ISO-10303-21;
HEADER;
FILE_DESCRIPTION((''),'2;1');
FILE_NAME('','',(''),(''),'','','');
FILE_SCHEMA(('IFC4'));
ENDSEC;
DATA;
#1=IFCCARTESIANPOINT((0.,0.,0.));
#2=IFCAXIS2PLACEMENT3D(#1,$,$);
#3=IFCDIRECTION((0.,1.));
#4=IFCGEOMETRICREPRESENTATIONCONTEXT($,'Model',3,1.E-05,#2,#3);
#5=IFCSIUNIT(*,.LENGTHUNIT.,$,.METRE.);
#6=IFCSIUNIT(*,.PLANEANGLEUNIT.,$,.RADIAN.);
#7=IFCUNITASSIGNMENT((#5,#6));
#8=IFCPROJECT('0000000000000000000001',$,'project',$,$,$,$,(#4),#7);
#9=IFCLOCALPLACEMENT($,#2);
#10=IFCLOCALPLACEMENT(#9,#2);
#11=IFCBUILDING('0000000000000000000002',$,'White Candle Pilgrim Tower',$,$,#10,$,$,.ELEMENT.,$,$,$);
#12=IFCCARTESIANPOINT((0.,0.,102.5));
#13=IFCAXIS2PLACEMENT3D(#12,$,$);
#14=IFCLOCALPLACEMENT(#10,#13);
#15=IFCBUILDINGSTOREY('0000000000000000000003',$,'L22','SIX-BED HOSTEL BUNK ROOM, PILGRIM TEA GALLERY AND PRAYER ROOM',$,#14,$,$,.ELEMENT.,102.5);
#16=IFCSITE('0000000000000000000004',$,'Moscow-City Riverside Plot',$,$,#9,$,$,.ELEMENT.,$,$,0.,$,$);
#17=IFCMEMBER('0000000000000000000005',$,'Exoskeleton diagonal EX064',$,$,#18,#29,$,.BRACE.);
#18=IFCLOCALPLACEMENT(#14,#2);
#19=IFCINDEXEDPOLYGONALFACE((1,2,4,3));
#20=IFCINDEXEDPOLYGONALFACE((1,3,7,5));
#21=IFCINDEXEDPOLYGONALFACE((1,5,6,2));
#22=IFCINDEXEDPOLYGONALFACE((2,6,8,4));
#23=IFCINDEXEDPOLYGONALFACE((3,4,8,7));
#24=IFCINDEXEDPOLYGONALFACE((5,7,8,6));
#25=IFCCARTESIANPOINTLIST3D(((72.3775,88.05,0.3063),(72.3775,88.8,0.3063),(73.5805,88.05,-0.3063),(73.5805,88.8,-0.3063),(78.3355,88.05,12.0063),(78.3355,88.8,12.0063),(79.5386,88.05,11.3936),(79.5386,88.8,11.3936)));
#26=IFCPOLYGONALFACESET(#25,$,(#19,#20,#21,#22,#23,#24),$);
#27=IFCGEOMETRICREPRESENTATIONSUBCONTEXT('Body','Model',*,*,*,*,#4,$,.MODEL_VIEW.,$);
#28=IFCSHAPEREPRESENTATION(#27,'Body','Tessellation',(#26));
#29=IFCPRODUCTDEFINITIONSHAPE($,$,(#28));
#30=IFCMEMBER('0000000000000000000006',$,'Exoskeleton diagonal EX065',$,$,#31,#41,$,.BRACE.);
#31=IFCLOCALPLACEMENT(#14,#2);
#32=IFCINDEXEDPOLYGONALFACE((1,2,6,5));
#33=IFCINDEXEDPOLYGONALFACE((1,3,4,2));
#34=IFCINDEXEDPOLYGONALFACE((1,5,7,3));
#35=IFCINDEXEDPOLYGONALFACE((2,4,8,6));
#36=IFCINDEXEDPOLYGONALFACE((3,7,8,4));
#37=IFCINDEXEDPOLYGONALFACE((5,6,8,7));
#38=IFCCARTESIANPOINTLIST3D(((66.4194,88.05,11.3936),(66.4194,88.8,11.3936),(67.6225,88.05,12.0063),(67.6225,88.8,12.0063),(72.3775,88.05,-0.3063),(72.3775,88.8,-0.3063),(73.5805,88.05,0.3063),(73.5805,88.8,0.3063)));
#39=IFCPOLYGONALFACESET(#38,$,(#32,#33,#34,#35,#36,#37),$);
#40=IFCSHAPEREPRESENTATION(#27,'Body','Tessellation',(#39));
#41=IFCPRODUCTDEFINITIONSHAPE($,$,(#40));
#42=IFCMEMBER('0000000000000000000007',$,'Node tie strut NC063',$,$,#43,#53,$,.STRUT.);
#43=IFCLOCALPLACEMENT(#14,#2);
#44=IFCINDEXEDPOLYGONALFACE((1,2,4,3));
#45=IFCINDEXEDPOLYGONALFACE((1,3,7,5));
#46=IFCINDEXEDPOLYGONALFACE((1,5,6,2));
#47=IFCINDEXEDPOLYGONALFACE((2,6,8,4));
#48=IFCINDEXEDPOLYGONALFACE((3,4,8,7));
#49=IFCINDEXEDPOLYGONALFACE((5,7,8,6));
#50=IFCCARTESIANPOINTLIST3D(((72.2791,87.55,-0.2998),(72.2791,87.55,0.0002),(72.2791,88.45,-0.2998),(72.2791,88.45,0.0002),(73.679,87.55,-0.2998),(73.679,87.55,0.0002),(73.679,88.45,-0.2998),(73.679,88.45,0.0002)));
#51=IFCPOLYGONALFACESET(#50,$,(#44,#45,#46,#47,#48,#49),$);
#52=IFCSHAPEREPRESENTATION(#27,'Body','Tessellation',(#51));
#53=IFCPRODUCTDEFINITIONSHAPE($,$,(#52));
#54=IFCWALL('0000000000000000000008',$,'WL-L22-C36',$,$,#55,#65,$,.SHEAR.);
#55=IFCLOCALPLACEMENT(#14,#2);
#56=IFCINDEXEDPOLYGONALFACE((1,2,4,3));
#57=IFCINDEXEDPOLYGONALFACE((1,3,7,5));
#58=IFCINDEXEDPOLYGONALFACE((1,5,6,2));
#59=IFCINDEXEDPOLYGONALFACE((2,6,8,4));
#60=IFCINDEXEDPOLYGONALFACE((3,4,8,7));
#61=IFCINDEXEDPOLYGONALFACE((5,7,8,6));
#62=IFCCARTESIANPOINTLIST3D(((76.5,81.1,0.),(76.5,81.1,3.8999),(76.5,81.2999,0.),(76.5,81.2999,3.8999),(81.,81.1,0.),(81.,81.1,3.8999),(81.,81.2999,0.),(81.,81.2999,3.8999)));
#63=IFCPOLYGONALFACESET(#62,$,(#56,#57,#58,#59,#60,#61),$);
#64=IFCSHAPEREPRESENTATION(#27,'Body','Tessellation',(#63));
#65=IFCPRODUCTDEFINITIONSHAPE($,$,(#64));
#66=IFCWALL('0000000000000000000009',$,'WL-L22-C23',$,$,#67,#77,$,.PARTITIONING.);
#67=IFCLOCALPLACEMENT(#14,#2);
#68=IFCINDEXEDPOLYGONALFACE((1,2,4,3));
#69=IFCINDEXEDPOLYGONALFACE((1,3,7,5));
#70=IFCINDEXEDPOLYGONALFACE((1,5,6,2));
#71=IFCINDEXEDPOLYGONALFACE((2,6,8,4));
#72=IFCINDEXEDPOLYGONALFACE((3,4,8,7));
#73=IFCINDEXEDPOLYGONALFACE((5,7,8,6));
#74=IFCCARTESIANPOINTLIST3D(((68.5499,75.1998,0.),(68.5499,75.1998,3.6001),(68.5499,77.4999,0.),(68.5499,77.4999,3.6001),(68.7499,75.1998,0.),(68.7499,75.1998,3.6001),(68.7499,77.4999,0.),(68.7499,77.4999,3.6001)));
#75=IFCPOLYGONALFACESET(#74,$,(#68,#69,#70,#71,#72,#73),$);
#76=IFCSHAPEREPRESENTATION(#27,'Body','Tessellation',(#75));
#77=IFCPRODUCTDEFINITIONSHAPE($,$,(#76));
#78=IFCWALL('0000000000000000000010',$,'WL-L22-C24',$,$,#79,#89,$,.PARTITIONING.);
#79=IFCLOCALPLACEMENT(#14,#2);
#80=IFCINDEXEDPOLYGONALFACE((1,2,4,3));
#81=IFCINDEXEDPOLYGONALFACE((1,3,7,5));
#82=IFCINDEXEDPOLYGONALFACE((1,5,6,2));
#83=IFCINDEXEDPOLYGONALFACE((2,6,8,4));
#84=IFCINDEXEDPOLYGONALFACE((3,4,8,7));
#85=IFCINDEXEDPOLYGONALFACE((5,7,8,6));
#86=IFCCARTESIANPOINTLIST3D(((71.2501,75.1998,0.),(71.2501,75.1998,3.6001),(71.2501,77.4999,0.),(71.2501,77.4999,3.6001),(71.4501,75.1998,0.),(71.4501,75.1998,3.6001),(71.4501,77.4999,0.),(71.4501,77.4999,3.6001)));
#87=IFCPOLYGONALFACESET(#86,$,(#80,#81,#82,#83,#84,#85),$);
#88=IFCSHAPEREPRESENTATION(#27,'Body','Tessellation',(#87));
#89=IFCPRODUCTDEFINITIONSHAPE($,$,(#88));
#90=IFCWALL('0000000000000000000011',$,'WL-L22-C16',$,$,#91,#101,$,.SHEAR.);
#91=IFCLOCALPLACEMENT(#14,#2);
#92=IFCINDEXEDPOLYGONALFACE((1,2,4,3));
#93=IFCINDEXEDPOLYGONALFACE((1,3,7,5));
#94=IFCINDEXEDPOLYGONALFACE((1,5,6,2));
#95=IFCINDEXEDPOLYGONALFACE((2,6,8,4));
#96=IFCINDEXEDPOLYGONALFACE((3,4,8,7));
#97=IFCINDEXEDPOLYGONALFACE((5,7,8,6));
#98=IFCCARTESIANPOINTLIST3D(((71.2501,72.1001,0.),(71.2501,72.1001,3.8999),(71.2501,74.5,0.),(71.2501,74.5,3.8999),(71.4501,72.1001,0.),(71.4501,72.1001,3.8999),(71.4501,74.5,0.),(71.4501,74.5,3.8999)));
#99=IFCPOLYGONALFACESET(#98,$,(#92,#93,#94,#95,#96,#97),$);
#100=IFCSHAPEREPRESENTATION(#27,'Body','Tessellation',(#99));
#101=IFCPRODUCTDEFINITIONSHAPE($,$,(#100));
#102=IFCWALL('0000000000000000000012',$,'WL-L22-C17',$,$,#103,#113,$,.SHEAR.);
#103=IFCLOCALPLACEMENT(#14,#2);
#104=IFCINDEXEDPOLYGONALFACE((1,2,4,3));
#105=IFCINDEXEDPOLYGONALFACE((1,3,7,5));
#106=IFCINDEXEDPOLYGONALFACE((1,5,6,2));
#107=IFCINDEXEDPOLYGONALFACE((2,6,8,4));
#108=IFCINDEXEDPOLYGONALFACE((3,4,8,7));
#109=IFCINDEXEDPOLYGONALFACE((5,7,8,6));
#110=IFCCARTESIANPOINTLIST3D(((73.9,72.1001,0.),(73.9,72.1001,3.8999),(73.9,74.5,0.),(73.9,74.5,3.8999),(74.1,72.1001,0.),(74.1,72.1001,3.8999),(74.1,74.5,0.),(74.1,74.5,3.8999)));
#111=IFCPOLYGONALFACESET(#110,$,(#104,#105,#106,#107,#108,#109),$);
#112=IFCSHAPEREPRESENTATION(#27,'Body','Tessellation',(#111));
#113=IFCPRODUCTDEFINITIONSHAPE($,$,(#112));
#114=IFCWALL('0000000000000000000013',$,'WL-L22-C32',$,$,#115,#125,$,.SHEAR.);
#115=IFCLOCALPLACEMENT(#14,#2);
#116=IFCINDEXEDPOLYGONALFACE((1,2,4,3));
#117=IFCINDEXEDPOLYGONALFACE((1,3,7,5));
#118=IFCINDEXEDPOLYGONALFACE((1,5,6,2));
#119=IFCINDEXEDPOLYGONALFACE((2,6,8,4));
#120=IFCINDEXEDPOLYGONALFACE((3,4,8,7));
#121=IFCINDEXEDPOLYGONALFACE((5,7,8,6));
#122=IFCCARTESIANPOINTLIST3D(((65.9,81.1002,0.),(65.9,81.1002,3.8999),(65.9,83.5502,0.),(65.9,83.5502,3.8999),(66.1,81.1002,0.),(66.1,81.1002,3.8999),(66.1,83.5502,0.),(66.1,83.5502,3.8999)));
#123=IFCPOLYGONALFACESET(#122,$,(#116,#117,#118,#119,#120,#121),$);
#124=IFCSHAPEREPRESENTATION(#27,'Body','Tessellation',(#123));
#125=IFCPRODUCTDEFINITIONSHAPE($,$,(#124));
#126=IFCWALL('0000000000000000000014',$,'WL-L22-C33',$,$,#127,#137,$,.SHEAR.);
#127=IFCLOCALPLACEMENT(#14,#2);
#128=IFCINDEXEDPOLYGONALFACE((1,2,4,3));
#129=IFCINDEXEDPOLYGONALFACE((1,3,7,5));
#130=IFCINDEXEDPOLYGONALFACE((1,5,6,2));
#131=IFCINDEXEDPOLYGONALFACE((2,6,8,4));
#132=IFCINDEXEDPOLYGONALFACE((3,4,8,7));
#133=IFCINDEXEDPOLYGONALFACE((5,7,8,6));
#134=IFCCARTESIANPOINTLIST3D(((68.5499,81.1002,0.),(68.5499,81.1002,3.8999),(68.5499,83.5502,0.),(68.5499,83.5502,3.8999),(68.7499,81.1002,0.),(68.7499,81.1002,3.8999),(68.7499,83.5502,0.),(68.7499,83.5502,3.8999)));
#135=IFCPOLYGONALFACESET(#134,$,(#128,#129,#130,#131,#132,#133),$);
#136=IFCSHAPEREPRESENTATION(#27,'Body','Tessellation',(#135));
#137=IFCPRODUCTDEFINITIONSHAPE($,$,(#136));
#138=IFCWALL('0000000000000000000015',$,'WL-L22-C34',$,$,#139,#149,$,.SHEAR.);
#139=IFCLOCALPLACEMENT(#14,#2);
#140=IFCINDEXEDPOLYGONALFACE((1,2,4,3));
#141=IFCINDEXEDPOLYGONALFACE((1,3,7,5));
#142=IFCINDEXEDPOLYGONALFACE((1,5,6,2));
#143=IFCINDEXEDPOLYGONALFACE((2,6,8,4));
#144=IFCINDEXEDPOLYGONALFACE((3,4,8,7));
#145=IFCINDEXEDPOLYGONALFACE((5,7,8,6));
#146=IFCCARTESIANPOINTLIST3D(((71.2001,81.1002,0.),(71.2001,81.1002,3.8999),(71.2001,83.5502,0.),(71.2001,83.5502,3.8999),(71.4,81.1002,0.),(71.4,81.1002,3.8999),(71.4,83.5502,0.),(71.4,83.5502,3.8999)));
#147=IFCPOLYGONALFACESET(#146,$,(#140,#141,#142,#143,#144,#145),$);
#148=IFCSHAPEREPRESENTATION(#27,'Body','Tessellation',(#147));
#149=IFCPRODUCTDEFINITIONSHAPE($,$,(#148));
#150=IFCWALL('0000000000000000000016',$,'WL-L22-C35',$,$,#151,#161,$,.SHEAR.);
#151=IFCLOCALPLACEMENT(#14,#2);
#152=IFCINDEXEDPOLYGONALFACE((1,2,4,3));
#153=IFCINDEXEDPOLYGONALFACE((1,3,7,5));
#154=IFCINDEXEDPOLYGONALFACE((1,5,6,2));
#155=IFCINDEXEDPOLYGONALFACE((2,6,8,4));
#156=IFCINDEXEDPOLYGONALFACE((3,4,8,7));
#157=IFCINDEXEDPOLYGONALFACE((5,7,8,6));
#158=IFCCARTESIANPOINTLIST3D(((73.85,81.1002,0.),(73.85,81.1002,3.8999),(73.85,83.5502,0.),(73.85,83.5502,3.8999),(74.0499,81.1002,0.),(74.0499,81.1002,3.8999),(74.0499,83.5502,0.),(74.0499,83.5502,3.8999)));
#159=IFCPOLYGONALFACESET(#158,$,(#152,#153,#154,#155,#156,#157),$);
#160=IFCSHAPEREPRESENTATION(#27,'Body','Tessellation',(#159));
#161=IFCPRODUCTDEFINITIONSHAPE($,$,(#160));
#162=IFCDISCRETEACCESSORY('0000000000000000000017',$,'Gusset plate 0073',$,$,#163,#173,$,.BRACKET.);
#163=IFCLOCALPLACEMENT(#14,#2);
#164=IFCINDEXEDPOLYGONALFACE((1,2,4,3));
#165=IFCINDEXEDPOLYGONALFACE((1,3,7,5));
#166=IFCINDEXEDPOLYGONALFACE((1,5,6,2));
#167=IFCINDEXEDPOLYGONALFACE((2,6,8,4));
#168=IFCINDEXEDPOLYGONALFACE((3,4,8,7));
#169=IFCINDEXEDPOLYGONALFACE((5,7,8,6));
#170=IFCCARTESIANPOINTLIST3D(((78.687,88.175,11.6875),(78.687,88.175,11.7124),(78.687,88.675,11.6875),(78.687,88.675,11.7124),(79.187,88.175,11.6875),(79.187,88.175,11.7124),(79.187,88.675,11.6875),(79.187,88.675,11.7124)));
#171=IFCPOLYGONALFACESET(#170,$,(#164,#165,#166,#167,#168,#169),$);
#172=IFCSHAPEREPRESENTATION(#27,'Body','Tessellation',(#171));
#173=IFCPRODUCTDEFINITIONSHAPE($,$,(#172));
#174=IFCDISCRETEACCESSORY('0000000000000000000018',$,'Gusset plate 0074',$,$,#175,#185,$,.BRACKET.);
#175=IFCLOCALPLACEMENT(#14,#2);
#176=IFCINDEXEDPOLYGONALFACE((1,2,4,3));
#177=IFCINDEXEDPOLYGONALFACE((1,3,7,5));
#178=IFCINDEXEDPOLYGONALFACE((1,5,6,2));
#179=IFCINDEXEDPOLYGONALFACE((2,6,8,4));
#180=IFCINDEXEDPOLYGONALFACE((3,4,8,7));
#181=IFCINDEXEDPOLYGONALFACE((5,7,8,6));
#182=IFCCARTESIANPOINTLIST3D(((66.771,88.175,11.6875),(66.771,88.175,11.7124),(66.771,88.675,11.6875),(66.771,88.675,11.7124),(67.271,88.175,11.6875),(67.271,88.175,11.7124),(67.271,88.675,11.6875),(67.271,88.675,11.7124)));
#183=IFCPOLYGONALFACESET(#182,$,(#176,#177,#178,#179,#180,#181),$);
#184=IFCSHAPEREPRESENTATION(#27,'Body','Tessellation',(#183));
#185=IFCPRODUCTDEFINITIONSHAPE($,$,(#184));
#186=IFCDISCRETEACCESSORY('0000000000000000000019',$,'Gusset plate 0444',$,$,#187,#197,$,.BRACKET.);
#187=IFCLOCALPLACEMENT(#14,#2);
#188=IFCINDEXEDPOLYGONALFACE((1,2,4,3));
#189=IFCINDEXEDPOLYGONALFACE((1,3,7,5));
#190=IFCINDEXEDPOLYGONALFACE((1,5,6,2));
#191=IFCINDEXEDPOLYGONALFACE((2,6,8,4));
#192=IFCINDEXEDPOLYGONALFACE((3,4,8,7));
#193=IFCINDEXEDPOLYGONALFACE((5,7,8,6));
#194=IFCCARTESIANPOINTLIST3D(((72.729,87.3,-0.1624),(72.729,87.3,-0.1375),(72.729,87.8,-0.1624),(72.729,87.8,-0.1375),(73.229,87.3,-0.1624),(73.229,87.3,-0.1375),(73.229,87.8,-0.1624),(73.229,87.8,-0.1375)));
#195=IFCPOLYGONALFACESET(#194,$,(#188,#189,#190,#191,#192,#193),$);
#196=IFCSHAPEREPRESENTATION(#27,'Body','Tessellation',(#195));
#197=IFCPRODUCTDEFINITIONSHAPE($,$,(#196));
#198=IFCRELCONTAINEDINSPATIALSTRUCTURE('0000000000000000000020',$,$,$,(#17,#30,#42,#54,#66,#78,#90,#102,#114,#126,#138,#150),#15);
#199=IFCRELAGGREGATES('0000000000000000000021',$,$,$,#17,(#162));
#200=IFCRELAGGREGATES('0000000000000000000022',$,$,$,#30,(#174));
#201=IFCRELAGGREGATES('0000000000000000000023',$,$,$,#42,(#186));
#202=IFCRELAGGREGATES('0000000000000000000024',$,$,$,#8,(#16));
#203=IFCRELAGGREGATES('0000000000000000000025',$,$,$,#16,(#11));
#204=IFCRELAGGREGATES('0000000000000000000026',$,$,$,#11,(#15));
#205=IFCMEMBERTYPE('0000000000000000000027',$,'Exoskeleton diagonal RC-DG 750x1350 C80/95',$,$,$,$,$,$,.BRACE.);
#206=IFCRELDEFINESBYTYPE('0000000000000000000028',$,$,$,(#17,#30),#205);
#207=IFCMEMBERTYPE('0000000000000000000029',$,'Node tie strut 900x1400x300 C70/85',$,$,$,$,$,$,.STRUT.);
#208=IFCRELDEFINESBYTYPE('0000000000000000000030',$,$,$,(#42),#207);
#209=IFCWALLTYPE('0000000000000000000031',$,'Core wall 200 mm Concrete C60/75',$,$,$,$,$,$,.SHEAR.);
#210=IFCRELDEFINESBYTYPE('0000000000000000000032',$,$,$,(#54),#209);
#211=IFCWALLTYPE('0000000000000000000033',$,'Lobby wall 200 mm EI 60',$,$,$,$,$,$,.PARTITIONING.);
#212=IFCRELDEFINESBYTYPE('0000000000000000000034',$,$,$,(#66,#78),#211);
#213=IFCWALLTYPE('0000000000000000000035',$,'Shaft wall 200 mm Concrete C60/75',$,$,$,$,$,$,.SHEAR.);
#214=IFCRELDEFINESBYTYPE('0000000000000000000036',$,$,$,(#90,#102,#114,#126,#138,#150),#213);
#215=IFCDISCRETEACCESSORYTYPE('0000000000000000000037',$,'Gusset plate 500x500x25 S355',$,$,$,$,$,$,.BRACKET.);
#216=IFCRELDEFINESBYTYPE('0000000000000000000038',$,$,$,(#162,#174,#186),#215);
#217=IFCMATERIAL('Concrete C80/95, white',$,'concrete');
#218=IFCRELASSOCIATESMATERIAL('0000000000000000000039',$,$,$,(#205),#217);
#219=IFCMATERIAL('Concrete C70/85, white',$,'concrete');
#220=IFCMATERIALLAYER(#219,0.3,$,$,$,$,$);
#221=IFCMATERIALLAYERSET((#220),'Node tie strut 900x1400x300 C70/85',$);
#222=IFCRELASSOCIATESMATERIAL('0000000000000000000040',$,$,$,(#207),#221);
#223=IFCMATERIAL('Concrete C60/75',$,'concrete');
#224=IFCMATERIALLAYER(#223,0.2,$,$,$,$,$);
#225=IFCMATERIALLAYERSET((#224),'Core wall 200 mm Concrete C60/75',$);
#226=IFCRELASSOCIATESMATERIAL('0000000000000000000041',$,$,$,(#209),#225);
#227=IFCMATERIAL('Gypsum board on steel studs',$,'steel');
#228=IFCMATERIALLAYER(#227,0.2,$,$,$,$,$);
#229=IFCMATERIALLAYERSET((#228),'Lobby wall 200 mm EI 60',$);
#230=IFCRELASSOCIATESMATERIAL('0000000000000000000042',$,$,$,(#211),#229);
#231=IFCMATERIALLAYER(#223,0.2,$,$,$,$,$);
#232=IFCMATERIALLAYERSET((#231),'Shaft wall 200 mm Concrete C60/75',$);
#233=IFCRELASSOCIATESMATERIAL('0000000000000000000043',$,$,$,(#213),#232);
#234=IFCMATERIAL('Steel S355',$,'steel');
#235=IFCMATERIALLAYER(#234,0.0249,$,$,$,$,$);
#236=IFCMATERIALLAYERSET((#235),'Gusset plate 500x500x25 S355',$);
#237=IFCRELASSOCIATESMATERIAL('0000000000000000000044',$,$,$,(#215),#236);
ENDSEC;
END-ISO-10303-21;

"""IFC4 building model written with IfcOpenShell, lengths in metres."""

from ifc_helpers import new_model, si_unit, direction, frame, frame_2d, origin, origin_2d, place, context, subcontext, project, spatial, rectangle, extrude, material, layer, layer_set, material_profile, profile_set, type_object, element, aggregate, save


model = new_model("IFC4")

# Units and contexts
model_context = context("Model", 3, precision=1e-05, world=origin(), true_north=direction((0.0, 1.0)))
body_context = subcontext(model_context, "Body", "Model", "MODEL_VIEW")
ifc_project = project(units=[si_unit("LENGTHUNIT", "METRE"), si_unit("PLANEANGLEUNIT", "RADIAN")], contexts=[model_context])

# Site, building, storey
site_placement = place(None, origin())
site = spatial("IfcSite", under=ifc_project, at=site_placement, Name="Moscow-City Riverside Plot", CompositionType="ELEMENT", RefElevation=0.0)
building_placement = place(site_placement, origin())
building = spatial("IfcBuilding", under=site, at=building_placement, Name="White Candle Pilgrim Tower", CompositionType="ELEMENT")
storey_placement = place(building_placement, frame((0.0, 0.0, 102.5)))
storey = spatial("IfcBuildingStorey", under=building, at=storey_placement, Name="L22", Description="SIX-BED HOSTEL BUNK ROOM, PILGRIM TEA GALLERY AND PRAYER ROOM", CompositionType="ELEMENT", Elevation=102.5)

# Members
ifc_material_1 = material(Name="Concrete C80/95, white", Category="concrete")
ifc_material_profile = material_profile(ifc_material_1, rectangle(XDim=0.75, YDim=1.3501, at=origin_2d()), Name="RC-DG 750x1350")
ifc_profile_set = profile_set([ifc_material_profile], Name="Concrete C80/95, white")
member_type_1 = type_object("IfcMemberType", Name="Exoskeleton diagonal RC-DG 750x1350 C80/95", PredefinedType="BRACE", material=ifc_profile_set)
member_1_placement = place(storey_placement, frame((72.979, 88.425, 0.0), z_axis=(0.453784, 0.0, 0.891112), x_axis=(0.0, 1.0, 0.0)))
member_1 = element("IfcMember", 1, at=member_1_placement, inside=storey, type_object=member_type_1, Name="Exoskeleton diagonal EX064", PredefinedType="BRACE", context=body_context, shape_type="SweptSolid", body=[
    extrude(rectangle(XDim=0.75, YDim=1.3501, at=origin_2d()), origin(), (0.0, 0.0, 1.0), 13.1296),
])
member_2_placement = place(storey_placement, frame((72.979, 88.425, 0.0), z_axis=(-0.453784, 0.0, 0.891112), x_axis=(0.0, -1.0, 0.0)))
member_2 = element("IfcMember", 2, at=member_2_placement, inside=storey, type_object=member_type_1, Name="Exoskeleton diagonal EX065", PredefinedType="BRACE", context=body_context, shape_type="SweptSolid", body=[
    extrude(rectangle(XDim=0.75, YDim=1.3501, at=origin_2d()), origin(), (0.0, 0.0, 1.0), 13.1296),
])
ifc_material_2 = material(Name="Concrete C70/85, white", Category="concrete")
ifc_layer_1 = layer(ifc_material_2, 0.3)
ifc_layer_set_1 = layer_set([ifc_layer_1], Name="Node tie strut 900x1400x300 C70/85")
member_type_2 = type_object("IfcMemberType", Name="Node tie strut 900x1400x300 C70/85", PredefinedType="STRUT", material=ifc_layer_set_1)
member_3_placement = place(storey_placement, frame((72.979, 88.0, -0.2998), z_axis=(0.0, 0.0, 1.0), x_axis=(-1.0, 0.0, 0.0)))
member_3 = element("IfcMember", 3, at=member_3_placement, inside=storey, type_object=member_type_2, Name="Node tie strut NC063", PredefinedType="STRUT", context=body_context, shape_type="SweptSolid", body=[
    extrude(rectangle(XDim=1.3999, YDim=0.8999, at=origin_2d()), origin(), (0.0, 0.0, 1.0), 0.3),
])

# Walls
ifc_material_3 = material(Name="Concrete C60/75", Category="concrete")
ifc_layer_2 = layer(ifc_material_3, 0.2)
ifc_layer_set_2 = layer_set([ifc_layer_2], Name="Core wall 200 mm Concrete C60/75")
wall_type_1 = type_object("IfcWallType", Name="Core wall 200 mm Concrete C60/75", PredefinedType="SHEAR", material=ifc_layer_set_2)
wall_1_placement = place(storey_placement, frame((76.5, 81.2, 0.0), z_axis=(0.0, 0.0, 1.0), x_axis=(1.0, 0.0, 0.0)))
element("IfcWall", 4, at=wall_1_placement, inside=storey, type_object=wall_type_1, Name="WL-L22-C36", PredefinedType="SHEAR", context=body_context, shape_type="SweptSolid", body=[
    extrude(rectangle(XDim=4.5, YDim=0.2, at=frame_2d((2.25, 0.0))), origin(), (0.0, 0.0, 1.0), 3.8999),
])
ifc_material_4 = material(Name="Gypsum board on steel studs", Category="steel")
ifc_layer_3 = layer(ifc_material_4, 0.2)
ifc_layer_set_3 = layer_set([ifc_layer_3], Name="Lobby wall 200 mm EI 60")
wall_type_2 = type_object("IfcWallType", Name="Lobby wall 200 mm EI 60", PredefinedType="PARTITIONING", material=ifc_layer_set_3)
for number, where, z_axis, x_axis, name in (
    (5, (68.6499, 75.2, 0.0), (0.0, 0.0, 1.0), (0.0, 1.0, 0.0), "WL-L22-C23"),
    (6, (71.3501, 75.2, 0.0), (0.0, 0.0, 1.0), (0.0, 1.0, 0.0), "WL-L22-C24"),
):
    element("IfcWall", number, at=place(storey_placement, frame(where, z_axis=z_axis, x_axis=x_axis)), inside=storey, type_object=wall_type_2, Name=name, PredefinedType="PARTITIONING", context=body_context, shape_type="SweptSolid", body=[
        extrude(rectangle(XDim=2.3, YDim=0.2, at=frame_2d((1.1499, 0.0))), origin(), (0.0, 0.0, 1.0), 3.6001),
    ])
ifc_layer_4 = layer(ifc_material_3, 0.2)
ifc_layer_set_4 = layer_set([ifc_layer_4], Name="Shaft wall 200 mm Concrete C60/75")
wall_type_3 = type_object("IfcWallType", Name="Shaft wall 200 mm Concrete C60/75", PredefinedType="SHEAR", material=ifc_layer_set_4)
for number, where, z_axis, x_axis, name in (
    (7, (71.3501, 72.1001, 0.0), (0.0, 0.0, 1.0), (0.0, 1.0, 0.0), "WL-L22-C16"),
    (8, (74.0, 72.1001, 0.0), (0.0, 0.0, 1.0), (0.0, 1.0, 0.0), "WL-L22-C17"),
):
    element("IfcWall", number, at=place(storey_placement, frame(where, z_axis=z_axis, x_axis=x_axis)), inside=storey, type_object=wall_type_3, Name=name, PredefinedType="SHEAR", context=body_context, shape_type="SweptSolid", body=[
        extrude(rectangle(XDim=2.3999, YDim=0.2, at=frame_2d((1.2, 0.0))), origin(), (0.0, 0.0, 1.0), 3.8999),
    ])
for number, where, z_axis, x_axis, name in (
    (9, (66.0, 81.1001, 0.0), (0.0, 0.0, 1.0), (0.0, 1.0, 0.0), "WL-L22-C32"),
    (10, (68.6499, 81.1001, 0.0), (0.0, 0.0, 1.0), (0.0, 1.0, 0.0), "WL-L22-C33"),
    (11, (71.3, 81.1001, 0.0), (0.0, 0.0, 1.0), (0.0, 1.0, 0.0), "WL-L22-C34"),
    (12, (73.95, 81.1001, 0.0), (0.0, 0.0, 1.0), (0.0, 1.0, 0.0), "WL-L22-C35"),
):
    element("IfcWall", number, at=place(storey_placement, frame(where, z_axis=z_axis, x_axis=x_axis)), inside=storey, type_object=wall_type_3, Name=name, PredefinedType="SHEAR", context=body_context, shape_type="SweptSolid", body=[
        extrude(rectangle(XDim=2.45, YDim=0.2, at=frame_2d((1.2251, 0.0))), origin(), (0.0, 0.0, 1.0), 3.8999),
    ])

# Discrete accessories
ifc_material_5 = material(Name="Steel S355", Category="steel")
ifc_layer_5 = layer(ifc_material_5, 0.0249)
ifc_layer_set_5 = layer_set([ifc_layer_5], Name="Gusset plate 500x500x25 S355")
discrete_accessory_type = type_object("IfcDiscreteAccessoryType", Name="Gusset plate 500x500x25 S355", PredefinedType="BRACKET", material=ifc_layer_set_5)
placement = place(building_placement, frame((0.0, 0.0, 114.2)))
discrete_accessory_1_placement = place(placement, frame((78.937, 88.425, -0.0125), z_axis=(0.0, 0.0, 1.0), x_axis=(1.0, 0.0, 0.0)))
discrete_accessory_1 = element("IfcDiscreteAccessory", 13, at=discrete_accessory_1_placement, type_object=discrete_accessory_type, Name="Gusset plate 0073", PredefinedType="BRACKET", context=body_context, shape_type="SweptSolid", body=[
    extrude(rectangle(XDim=0.5, YDim=0.5, at=origin_2d()), origin(), (0.0, 0.0, 1.0), 0.0249),
])
aggregate(member_1, [discrete_accessory_1])
discrete_accessory_2_placement = place(placement, frame((67.021, 88.425, -0.0125), z_axis=(0.0, 0.0, 1.0), x_axis=(1.0, 0.0, 0.0)))
discrete_accessory_2 = element("IfcDiscreteAccessory", 14, at=discrete_accessory_2_placement, type_object=discrete_accessory_type, Name="Gusset plate 0074", PredefinedType="BRACKET", context=body_context, shape_type="SweptSolid", body=[
    extrude(rectangle(XDim=0.5, YDim=0.5, at=origin_2d()), origin(), (0.0, 0.0, 1.0), 0.0249),
])
aggregate(member_2, [discrete_accessory_2])
discrete_accessory_3_placement = place(storey_placement, frame((72.979, 87.55, -0.1624), z_axis=(0.0, 0.0, 1.0), x_axis=(1.0, 0.0, 0.0)))
discrete_accessory_3 = element("IfcDiscreteAccessory", 15, at=discrete_accessory_3_placement, type_object=discrete_accessory_type, Name="Gusset plate 0444", PredefinedType="BRACKET", context=body_context, shape_type="SweptSolid", body=[
    extrude(rectangle(XDim=0.5, YDim=0.5, at=origin_2d()), origin(), (0.0, 0.0, 1.0), 0.0249),
])
aggregate(member_3, [discrete_accessory_3])

save(model, "model.ifc")
